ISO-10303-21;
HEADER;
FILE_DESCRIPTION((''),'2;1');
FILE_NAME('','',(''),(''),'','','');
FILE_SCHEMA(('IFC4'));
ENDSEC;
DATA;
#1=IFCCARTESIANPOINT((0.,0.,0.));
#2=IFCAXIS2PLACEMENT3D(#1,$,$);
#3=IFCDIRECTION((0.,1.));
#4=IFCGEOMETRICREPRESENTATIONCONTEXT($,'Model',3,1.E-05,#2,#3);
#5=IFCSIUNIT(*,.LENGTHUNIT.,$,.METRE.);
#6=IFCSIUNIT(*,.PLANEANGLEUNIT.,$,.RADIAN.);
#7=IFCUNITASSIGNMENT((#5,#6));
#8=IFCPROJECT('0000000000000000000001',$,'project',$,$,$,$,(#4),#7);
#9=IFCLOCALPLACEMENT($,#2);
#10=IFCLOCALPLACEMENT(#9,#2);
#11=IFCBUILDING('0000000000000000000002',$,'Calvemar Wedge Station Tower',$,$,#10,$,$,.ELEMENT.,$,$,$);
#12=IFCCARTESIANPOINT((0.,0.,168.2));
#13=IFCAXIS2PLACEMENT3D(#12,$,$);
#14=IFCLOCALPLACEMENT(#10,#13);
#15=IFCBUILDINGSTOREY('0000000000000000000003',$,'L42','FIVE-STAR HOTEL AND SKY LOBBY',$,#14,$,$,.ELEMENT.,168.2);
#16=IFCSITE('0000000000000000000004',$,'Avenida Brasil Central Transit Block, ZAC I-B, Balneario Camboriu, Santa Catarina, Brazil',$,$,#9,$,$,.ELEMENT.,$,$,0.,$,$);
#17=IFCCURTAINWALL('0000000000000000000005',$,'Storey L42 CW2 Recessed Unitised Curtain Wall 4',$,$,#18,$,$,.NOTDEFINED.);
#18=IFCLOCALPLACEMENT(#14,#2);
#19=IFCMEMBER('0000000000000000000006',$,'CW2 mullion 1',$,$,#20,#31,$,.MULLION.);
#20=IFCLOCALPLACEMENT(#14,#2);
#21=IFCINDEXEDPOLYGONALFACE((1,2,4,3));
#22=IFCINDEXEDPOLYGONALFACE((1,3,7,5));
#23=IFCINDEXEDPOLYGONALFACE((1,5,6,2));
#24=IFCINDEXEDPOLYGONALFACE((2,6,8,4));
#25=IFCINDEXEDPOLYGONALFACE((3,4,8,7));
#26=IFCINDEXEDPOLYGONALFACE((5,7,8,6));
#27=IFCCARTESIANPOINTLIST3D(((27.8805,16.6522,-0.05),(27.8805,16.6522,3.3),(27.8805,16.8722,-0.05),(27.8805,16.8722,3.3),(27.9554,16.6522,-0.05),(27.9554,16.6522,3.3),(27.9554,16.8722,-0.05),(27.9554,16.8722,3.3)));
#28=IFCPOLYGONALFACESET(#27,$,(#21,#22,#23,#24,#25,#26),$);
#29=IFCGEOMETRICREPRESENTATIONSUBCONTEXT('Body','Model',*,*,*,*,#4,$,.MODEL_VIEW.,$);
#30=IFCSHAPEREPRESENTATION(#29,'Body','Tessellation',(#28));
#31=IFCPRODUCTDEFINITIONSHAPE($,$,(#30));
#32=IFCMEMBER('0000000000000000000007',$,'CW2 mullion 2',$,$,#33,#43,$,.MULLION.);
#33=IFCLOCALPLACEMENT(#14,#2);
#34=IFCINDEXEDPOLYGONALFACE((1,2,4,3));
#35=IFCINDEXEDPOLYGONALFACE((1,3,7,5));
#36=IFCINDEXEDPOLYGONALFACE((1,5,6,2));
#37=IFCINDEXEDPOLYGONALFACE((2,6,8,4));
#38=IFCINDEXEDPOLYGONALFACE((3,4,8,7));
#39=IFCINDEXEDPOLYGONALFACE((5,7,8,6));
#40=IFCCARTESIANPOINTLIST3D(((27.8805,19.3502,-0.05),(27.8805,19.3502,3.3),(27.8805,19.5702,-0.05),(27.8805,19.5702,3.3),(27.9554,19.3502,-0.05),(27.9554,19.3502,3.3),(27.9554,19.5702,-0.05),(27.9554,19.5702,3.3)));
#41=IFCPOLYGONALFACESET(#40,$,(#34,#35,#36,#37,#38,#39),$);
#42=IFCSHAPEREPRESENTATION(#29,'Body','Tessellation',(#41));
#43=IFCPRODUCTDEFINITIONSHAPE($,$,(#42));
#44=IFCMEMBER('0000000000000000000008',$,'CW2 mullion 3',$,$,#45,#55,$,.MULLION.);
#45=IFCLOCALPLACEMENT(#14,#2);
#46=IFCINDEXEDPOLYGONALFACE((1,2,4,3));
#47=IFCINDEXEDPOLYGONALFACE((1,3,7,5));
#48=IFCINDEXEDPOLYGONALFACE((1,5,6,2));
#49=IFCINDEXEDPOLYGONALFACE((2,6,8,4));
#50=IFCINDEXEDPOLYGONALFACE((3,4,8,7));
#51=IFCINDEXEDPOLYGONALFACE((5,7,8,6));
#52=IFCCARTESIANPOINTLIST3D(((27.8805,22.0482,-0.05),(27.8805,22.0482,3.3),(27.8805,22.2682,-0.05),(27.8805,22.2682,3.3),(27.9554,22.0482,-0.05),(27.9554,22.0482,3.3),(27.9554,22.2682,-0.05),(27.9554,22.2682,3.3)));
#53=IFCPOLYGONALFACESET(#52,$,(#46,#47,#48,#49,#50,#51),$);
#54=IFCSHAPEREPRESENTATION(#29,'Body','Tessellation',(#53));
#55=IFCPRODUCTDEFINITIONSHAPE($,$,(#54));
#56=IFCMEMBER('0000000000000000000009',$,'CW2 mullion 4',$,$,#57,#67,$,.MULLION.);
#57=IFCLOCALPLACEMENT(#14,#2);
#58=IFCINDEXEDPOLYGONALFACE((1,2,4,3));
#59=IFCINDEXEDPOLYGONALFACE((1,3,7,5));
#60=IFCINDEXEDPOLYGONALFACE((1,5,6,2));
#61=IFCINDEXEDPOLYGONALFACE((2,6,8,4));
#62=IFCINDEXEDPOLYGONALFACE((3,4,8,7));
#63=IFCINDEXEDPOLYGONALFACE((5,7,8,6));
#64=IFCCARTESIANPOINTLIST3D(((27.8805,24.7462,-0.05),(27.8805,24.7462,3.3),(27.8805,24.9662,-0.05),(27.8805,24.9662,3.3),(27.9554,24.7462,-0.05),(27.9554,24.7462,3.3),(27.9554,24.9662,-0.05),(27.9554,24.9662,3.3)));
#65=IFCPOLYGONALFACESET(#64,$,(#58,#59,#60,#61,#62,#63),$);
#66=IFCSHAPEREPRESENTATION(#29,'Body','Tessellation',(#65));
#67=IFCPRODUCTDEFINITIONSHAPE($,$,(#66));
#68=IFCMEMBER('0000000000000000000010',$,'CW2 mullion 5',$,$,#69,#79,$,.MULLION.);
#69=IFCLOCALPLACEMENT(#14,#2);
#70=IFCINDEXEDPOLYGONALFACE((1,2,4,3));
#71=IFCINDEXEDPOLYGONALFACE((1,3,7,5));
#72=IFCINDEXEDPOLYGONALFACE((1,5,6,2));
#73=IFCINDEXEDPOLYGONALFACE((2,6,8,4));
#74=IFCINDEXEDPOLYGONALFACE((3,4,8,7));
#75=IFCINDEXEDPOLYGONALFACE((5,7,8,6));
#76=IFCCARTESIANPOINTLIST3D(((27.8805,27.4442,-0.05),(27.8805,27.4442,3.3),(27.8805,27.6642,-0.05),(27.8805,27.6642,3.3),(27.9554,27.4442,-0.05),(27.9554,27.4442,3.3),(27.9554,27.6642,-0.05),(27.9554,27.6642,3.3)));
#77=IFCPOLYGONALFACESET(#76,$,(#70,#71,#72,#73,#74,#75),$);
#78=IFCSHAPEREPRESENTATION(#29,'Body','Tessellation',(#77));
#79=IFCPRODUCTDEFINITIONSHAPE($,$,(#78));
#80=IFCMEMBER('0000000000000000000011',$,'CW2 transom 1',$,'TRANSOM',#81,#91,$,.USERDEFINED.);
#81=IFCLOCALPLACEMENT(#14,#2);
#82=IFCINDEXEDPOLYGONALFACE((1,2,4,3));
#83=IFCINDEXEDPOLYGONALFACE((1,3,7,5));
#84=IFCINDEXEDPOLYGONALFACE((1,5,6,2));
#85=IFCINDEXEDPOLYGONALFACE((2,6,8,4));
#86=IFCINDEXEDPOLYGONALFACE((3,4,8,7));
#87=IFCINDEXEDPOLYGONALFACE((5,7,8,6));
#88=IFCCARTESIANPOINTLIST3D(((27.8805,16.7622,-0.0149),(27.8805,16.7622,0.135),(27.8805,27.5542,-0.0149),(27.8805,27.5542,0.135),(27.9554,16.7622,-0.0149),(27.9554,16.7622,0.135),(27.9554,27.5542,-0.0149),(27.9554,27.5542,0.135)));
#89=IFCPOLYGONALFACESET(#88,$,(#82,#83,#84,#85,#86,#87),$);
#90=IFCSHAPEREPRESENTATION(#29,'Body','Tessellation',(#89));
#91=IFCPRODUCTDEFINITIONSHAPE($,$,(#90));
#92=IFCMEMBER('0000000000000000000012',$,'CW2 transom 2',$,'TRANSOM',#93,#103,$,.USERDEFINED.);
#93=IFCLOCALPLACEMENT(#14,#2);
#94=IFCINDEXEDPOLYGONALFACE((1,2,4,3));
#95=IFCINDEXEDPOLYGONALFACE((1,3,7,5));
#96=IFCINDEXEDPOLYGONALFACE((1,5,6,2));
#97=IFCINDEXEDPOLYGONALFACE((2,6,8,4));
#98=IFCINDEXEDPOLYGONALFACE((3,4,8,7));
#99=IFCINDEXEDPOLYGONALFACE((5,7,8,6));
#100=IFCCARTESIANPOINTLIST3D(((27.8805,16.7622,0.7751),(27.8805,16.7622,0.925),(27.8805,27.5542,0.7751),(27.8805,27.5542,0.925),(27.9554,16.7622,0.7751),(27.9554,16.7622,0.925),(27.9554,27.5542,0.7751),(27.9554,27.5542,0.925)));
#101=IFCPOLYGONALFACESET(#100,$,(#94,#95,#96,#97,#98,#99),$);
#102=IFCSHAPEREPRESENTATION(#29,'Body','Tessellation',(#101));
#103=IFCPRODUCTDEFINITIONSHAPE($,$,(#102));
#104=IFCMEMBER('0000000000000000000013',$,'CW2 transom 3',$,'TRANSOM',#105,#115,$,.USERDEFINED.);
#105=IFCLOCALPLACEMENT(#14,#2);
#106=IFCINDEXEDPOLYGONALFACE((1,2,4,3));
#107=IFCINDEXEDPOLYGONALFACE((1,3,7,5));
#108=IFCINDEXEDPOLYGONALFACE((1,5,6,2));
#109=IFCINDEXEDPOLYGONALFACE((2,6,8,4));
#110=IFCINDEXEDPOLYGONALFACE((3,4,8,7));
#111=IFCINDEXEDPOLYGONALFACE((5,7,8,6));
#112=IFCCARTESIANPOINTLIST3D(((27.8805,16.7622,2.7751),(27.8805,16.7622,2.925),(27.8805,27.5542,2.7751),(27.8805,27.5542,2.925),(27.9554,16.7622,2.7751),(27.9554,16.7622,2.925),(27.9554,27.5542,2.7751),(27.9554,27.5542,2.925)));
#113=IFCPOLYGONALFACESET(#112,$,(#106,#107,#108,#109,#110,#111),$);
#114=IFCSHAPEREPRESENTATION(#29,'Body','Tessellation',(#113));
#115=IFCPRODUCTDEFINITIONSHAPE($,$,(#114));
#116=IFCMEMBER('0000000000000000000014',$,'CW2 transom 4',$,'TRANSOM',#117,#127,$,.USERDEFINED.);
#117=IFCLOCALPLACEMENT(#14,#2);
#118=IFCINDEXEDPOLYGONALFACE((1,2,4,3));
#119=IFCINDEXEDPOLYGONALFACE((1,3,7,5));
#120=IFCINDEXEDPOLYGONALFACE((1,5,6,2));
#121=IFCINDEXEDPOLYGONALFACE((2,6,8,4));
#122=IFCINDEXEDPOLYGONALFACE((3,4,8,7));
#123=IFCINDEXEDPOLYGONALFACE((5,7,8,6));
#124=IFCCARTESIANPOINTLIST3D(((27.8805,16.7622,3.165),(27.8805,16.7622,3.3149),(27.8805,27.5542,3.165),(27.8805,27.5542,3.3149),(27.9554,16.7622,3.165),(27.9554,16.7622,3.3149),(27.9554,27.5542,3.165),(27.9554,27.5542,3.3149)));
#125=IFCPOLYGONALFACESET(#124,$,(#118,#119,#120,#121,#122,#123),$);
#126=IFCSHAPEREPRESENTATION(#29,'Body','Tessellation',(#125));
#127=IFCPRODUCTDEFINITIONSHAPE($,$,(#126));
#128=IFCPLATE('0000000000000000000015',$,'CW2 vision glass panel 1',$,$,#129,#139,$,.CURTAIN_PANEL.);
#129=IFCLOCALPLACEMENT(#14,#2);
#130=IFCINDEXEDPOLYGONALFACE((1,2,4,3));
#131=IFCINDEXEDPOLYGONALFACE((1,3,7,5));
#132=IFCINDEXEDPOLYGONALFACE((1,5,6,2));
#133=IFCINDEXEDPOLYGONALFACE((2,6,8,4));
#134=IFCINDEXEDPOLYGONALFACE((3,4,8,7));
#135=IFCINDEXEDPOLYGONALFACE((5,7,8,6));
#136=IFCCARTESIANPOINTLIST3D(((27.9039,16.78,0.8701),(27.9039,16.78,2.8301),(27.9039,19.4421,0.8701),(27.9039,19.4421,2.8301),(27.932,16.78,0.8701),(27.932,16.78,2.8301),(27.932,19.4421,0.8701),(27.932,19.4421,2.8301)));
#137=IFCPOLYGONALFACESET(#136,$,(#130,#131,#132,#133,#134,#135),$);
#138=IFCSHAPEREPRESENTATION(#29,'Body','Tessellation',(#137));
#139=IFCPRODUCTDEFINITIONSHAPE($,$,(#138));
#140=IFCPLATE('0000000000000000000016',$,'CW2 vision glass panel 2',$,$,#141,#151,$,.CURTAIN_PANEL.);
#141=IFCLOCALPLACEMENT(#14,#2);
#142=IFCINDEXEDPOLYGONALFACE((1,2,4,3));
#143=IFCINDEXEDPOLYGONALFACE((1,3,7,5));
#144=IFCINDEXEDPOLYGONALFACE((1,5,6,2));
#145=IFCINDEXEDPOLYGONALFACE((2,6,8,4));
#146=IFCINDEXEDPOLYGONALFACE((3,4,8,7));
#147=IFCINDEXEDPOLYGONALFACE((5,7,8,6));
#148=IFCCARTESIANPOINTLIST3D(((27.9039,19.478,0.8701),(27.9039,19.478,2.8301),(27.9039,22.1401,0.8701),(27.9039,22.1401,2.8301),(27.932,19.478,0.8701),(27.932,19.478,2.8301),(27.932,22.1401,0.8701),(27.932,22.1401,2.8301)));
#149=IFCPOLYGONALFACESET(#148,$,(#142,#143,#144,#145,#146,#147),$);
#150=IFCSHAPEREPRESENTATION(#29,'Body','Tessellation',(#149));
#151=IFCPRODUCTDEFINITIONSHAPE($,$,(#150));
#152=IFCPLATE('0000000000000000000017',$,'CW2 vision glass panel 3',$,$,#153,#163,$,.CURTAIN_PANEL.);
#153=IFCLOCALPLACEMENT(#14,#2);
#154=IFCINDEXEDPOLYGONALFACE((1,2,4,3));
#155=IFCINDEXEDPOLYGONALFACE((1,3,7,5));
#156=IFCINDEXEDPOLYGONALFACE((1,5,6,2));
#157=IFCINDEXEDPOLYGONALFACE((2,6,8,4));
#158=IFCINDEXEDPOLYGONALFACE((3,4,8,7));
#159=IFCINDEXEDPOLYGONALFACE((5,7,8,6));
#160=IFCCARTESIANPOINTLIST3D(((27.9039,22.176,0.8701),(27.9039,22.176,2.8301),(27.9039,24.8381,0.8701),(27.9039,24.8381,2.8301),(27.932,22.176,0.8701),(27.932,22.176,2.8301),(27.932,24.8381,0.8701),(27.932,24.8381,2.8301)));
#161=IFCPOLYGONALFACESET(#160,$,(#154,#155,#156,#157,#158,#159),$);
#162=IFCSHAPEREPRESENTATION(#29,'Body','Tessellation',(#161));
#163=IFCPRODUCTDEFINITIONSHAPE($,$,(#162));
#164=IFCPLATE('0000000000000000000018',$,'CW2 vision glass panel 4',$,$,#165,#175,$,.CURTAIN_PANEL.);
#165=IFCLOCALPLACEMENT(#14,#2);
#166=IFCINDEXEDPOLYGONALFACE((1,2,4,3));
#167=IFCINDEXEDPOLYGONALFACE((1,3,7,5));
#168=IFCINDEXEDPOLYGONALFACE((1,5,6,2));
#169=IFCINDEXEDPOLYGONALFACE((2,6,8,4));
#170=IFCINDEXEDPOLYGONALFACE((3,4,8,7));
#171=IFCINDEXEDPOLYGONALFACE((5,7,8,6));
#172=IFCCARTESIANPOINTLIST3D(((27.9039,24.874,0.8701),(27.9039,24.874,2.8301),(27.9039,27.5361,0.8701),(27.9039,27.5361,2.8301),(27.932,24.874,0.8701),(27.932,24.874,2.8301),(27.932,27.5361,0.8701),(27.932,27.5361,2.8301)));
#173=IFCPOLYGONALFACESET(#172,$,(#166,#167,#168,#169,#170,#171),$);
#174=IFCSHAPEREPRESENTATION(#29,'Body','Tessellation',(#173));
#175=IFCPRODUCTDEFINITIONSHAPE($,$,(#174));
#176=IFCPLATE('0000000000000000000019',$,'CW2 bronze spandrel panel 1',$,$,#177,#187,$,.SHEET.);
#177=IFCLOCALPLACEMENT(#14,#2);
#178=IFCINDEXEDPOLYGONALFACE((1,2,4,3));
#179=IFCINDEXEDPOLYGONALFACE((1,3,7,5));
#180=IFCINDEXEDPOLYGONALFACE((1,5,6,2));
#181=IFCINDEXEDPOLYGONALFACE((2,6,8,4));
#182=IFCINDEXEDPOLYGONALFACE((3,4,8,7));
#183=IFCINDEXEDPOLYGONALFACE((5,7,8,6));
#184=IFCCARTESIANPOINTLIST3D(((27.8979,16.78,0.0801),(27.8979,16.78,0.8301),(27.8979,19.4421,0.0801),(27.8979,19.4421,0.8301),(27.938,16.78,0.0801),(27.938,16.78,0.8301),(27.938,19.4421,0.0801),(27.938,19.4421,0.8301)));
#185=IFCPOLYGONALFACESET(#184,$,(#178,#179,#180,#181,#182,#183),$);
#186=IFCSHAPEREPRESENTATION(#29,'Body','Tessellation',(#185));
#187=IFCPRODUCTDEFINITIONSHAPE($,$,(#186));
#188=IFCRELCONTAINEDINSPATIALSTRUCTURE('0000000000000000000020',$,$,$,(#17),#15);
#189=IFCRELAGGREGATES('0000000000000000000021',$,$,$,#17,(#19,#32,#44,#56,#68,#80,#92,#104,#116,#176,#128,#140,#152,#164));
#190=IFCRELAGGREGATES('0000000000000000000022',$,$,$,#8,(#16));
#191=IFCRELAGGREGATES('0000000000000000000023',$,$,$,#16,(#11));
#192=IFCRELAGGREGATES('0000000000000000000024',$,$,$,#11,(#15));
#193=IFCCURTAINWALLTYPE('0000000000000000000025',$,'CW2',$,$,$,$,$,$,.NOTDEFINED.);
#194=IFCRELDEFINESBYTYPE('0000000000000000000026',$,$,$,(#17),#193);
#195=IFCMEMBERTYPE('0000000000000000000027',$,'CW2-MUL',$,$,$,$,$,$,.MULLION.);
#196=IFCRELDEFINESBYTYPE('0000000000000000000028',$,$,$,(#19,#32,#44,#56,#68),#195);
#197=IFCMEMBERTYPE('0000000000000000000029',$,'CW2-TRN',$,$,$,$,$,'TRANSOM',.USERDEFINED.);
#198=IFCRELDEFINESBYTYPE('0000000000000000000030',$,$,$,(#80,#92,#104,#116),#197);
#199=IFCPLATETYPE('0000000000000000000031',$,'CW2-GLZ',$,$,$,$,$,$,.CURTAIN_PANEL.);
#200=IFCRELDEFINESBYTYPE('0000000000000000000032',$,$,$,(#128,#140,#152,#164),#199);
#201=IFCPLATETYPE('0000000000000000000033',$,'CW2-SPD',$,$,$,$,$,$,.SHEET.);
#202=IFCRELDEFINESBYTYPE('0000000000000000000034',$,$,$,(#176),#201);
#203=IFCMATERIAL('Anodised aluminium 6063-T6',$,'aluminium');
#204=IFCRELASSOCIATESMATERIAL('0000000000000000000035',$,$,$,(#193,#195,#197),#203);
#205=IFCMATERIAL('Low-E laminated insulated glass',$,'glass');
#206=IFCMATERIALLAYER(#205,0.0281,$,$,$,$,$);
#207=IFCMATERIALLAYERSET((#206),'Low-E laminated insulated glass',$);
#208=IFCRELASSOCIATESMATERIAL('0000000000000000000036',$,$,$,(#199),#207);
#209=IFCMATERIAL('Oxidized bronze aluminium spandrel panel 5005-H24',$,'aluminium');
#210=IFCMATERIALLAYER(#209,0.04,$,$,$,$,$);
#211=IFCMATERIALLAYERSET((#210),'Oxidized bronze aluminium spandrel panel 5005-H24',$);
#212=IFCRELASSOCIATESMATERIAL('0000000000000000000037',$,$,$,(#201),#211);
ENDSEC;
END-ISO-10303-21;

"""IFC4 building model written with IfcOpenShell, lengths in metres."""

from ifc_helpers import new_model, si_unit, direction, frame, frame_2d, origin, origin_2d, place, context, subcontext, project, spatial, rectangle, extrude, source, transform, mapped, material, layer, layer_set, material_profile, profile_set, type_object, element, aggregate, save


model = new_model("IFC4")

# Units and contexts
model_context = context("Model", 3, precision=1e-05, world=origin(), true_north=direction((0.0, 1.0)))
body_context = subcontext(model_context, "Body", "Model", "MODEL_VIEW")
ifc_project = project(units=[si_unit("LENGTHUNIT", "METRE"), si_unit("PLANEANGLEUNIT", "RADIAN")], contexts=[model_context])

# Site, building, storey
site_placement = place(None, origin())
site = spatial("IfcSite", under=ifc_project, at=site_placement, Name="Avenida Brasil Central Transit Block, ZAC I-B, Balneario Camboriu, Santa Catarina, Brazil", CompositionType="ELEMENT", RefElevation=0.0)
building_placement = place(site_placement, origin())
building = spatial("IfcBuilding", under=site, at=building_placement, Name="Calvemar Wedge Station Tower", CompositionType="ELEMENT")
storey_placement = place(building_placement, frame((0.0, 0.0, 168.2)))
storey = spatial("IfcBuildingStorey", under=building, at=storey_placement, Name="L42", Description="FIVE-STAR HOTEL AND SKY LOBBY", CompositionType="ELEMENT", Elevation=168.2)

# Curtain wall, members, plates
ifc_material_1 = material(Name="Anodised aluminium 6063-T6", Category="aluminium")
curtain_wall_type = type_object("IfcCurtainWallType", Name="CW2", PredefinedType="NOTDEFINED", material=ifc_material_1)
curtain_wall_placement = place(storey_placement, origin())
curtain_wall = element("IfcCurtainWall", 1, at=curtain_wall_placement, inside=storey, type_object=curtain_wall_type, Name="Storey L42 CW2 Recessed Unitised Curtain Wall 4", PredefinedType="NOTDEFINED")
ifc_material_profile_1 = material_profile(ifc_material_1, rectangle(XDim=0.075, YDim=0.22, at=origin_2d()), Name="AL-MUL-75x220")
ifc_profile_set_1 = profile_set([ifc_material_profile_1], Name="Anodised aluminium 6063-T6")
member_type_1 = type_object("IfcMemberType", Name="CW2-MUL", PredefinedType="MULLION", material=ifc_profile_set_1)
shared_shape_1 = source(origin(), body_context, "Body", "SweptSolid", [
    extrude(rectangle(XDim=0.075, YDim=0.22, at=origin_2d()), origin(), (0.0, 0.0, 1.0), 3.3501),
])
member_1_placement = place(storey_placement, frame((27.918, 16.7622, -0.05), z_axis=(0.0, 0.0, 1.0), x_axis=(1.0, 0.0, 0.0)))
member_1 = element("IfcMember", 2, at=member_1_placement, type_object=member_type_1, Name="CW2 mullion 1", PredefinedType="MULLION", context=body_context, shape_type="MappedRepresentation", body=[
    mapped(shared_shape_1, transform((0.0, 0.0, 0.0), scale=1.0)),
])
member_2_placement = place(storey_placement, frame((27.918, 19.4602, -0.05), z_axis=(0.0, 0.0, 1.0), x_axis=(1.0, 0.0, 0.0)))
member_2 = element("IfcMember", 3, at=member_2_placement, type_object=member_type_1, Name="CW2 mullion 2", PredefinedType="MULLION", context=body_context, shape_type="MappedRepresentation", body=[
    mapped(shared_shape_1, transform((0.0, 0.0, 0.0), scale=1.0)),
])
member_3_placement = place(storey_placement, frame((27.918, 22.1582, -0.05), z_axis=(0.0, 0.0, 1.0), x_axis=(1.0, 0.0, 0.0)))
member_3 = element("IfcMember", 4, at=member_3_placement, type_object=member_type_1, Name="CW2 mullion 3", PredefinedType="MULLION", context=body_context, shape_type="MappedRepresentation", body=[
    mapped(shared_shape_1, transform((0.0, 0.0, 0.0), scale=1.0)),
])
member_4_placement = place(storey_placement, frame((27.918, 24.8562, -0.05), z_axis=(0.0, 0.0, 1.0), x_axis=(1.0, 0.0, 0.0)))
member_4 = element("IfcMember", 5, at=member_4_placement, type_object=member_type_1, Name="CW2 mullion 4", PredefinedType="MULLION", context=body_context, shape_type="MappedRepresentation", body=[
    mapped(shared_shape_1, transform((0.0, 0.0, 0.0), scale=1.0)),
])
member_5_placement = place(storey_placement, frame((27.918, 27.5542, -0.05), z_axis=(0.0, 0.0, 1.0), x_axis=(1.0, 0.0, 0.0)))
member_5 = element("IfcMember", 6, at=member_5_placement, type_object=member_type_1, Name="CW2 mullion 5", PredefinedType="MULLION", context=body_context, shape_type="MappedRepresentation", body=[
    mapped(shared_shape_1, transform((0.0, 0.0, 0.0), scale=1.0)),
])
ifc_material_profile_2 = material_profile(ifc_material_1, rectangle(XDim=0.075, YDim=0.1499, at=origin_2d()), Name="AL-TRN-75x150")
ifc_profile_set_2 = profile_set([ifc_material_profile_2], Name="Anodised aluminium 6063-T6")
member_type_2 = type_object("IfcMemberType", Name="CW2-TRN", ElementType="TRANSOM", PredefinedType="USERDEFINED", material=ifc_profile_set_2)
shared_shape_2 = source(origin(), body_context, "Body", "SweptSolid", [
    extrude(rectangle(XDim=0.075, YDim=0.1499, at=origin_2d()), origin(), (0.0, 0.0, 1.0), 10.792),
])
member_6_placement = place(storey_placement, frame((27.918, 16.7622, 0.0601), z_axis=(0.0, 1.0, 0.0), x_axis=(-1.0, 0.0, 0.0)))
member_6 = element("IfcMember", 7, at=member_6_placement, type_object=member_type_2, Name="CW2 transom 1", ObjectType="TRANSOM", PredefinedType="USERDEFINED", context=body_context, shape_type="MappedRepresentation", body=[
    mapped(shared_shape_2, transform((0.0, 0.0, 0.0), scale=1.0)),
])
member_7_placement = place(storey_placement, frame((27.918, 16.7622, 0.8501), z_axis=(0.0, 1.0, 0.0), x_axis=(-1.0, 0.0, 0.0)))
member_7 = element("IfcMember", 8, at=member_7_placement, type_object=member_type_2, Name="CW2 transom 2", ObjectType="TRANSOM", PredefinedType="USERDEFINED", context=body_context, shape_type="MappedRepresentation", body=[
    mapped(shared_shape_2, transform((0.0, 0.0, 0.0), scale=1.0)),
])
member_8_placement = place(storey_placement, frame((27.918, 16.7622, 2.8501), z_axis=(0.0, 1.0, 0.0), x_axis=(-1.0, 0.0, 0.0)))
member_8 = element("IfcMember", 9, at=member_8_placement, type_object=member_type_2, Name="CW2 transom 3", ObjectType="TRANSOM", PredefinedType="USERDEFINED", context=body_context, shape_type="MappedRepresentation", body=[
    mapped(shared_shape_2, transform((0.0, 0.0, 0.0), scale=1.0)),
])
member_9_placement = place(storey_placement, frame((27.918, 16.7622, 3.24), z_axis=(0.0, 1.0, 0.0), x_axis=(-1.0, 0.0, 0.0)))
member_9 = element("IfcMember", 10, at=member_9_placement, type_object=member_type_2, Name="CW2 transom 4", ObjectType="TRANSOM", PredefinedType="USERDEFINED", context=body_context, shape_type="MappedRepresentation", body=[
    mapped(shared_shape_2, transform((0.0, 0.0, 0.0), scale=1.0)),
])
ifc_material_2 = material(Name="Low-E laminated insulated glass", Category="glass")
ifc_layer_1 = layer(ifc_material_2, 0.0281)
ifc_layer_set_1 = layer_set([ifc_layer_1], Name="Low-E laminated insulated glass")
plate_type_1 = type_object("IfcPlateType", Name="CW2-GLZ", PredefinedType="CURTAIN_PANEL", material=ifc_layer_set_1)
plate_1_placement = place(storey_placement, frame((27.918, 16.78, 0.8701), z_axis=(0.0, 0.0, 1.0), x_axis=(0.0, 1.0, 0.0)))
plate_1 = element("IfcPlate", 11, at=plate_1_placement, type_object=plate_type_1, Name="CW2 vision glass panel 1", PredefinedType="CURTAIN_PANEL", context=body_context, shape_type="SweptSolid", body=[
    extrude(rectangle(XDim=2.6621, YDim=0.0281, at=frame_2d((1.3311, 0.0))), origin(), (0.0, 0.0, 1.0), 1.96),
])
plate_2_placement = place(storey_placement, frame((27.918, 19.478, 0.8701), z_axis=(0.0, 0.0, 1.0), x_axis=(0.0, 1.0, 0.0)))
plate_2 = element("IfcPlate", 12, at=plate_2_placement, type_object=plate_type_1, Name="CW2 vision glass panel 2", PredefinedType="CURTAIN_PANEL", context=body_context, shape_type="SweptSolid", body=[
    extrude(rectangle(XDim=2.6621, YDim=0.0281, at=frame_2d((1.3311, 0.0))), origin(), (0.0, 0.0, 1.0), 1.96),
])
plate_3_placement = place(storey_placement, frame((27.918, 22.176, 0.8701), z_axis=(0.0, 0.0, 1.0), x_axis=(0.0, 1.0, 0.0)))
plate_3 = element("IfcPlate", 13, at=plate_3_placement, type_object=plate_type_1, Name="CW2 vision glass panel 3", PredefinedType="CURTAIN_PANEL", context=body_context, shape_type="SweptSolid", body=[
    extrude(rectangle(XDim=2.6621, YDim=0.0281, at=frame_2d((1.3311, 0.0))), origin(), (0.0, 0.0, 1.0), 1.96),
])
plate_4_placement = place(storey_placement, frame((27.918, 24.874, 0.8701), z_axis=(0.0, 0.0, 1.0), x_axis=(0.0, 1.0, 0.0)))
plate_4 = element("IfcPlate", 14, at=plate_4_placement, type_object=plate_type_1, Name="CW2 vision glass panel 4", PredefinedType="CURTAIN_PANEL", context=body_context, shape_type="SweptSolid", body=[
    extrude(rectangle(XDim=2.6621, YDim=0.0281, at=frame_2d((1.3311, 0.0))), origin(), (0.0, 0.0, 1.0), 1.96),
])
ifc_material_3 = material(Name="Oxidized bronze aluminium spandrel panel 5005-H24", Category="aluminium")
ifc_layer_2 = layer(ifc_material_3, 0.04)
ifc_layer_set_2 = layer_set([ifc_layer_2], Name="Oxidized bronze aluminium spandrel panel 5005-H24")
plate_type_2 = type_object("IfcPlateType", Name="CW2-SPD", PredefinedType="SHEET", material=ifc_layer_set_2)
plate_5_placement = place(storey_placement, frame((27.918, 16.78, 0.0801), z_axis=(0.0, 0.0, 1.0), x_axis=(0.0, 1.0, 0.0)))
plate_5 = element("IfcPlate", 15, at=plate_5_placement, type_object=plate_type_2, Name="CW2 bronze spandrel panel 1", PredefinedType="SHEET", context=body_context, shape_type="SweptSolid", body=[
    extrude(rectangle(XDim=2.6621, YDim=0.04, at=frame_2d((1.3311, 0.0))), origin(), (0.0, 0.0, 1.0), 0.75),
])
aggregate(curtain_wall, [member_1, member_2, member_3, member_4, member_5, member_6, member_7, member_8, member_9, plate_5, plate_1, plate_2, plate_3, plate_4])

save(model, "model.ifc")
